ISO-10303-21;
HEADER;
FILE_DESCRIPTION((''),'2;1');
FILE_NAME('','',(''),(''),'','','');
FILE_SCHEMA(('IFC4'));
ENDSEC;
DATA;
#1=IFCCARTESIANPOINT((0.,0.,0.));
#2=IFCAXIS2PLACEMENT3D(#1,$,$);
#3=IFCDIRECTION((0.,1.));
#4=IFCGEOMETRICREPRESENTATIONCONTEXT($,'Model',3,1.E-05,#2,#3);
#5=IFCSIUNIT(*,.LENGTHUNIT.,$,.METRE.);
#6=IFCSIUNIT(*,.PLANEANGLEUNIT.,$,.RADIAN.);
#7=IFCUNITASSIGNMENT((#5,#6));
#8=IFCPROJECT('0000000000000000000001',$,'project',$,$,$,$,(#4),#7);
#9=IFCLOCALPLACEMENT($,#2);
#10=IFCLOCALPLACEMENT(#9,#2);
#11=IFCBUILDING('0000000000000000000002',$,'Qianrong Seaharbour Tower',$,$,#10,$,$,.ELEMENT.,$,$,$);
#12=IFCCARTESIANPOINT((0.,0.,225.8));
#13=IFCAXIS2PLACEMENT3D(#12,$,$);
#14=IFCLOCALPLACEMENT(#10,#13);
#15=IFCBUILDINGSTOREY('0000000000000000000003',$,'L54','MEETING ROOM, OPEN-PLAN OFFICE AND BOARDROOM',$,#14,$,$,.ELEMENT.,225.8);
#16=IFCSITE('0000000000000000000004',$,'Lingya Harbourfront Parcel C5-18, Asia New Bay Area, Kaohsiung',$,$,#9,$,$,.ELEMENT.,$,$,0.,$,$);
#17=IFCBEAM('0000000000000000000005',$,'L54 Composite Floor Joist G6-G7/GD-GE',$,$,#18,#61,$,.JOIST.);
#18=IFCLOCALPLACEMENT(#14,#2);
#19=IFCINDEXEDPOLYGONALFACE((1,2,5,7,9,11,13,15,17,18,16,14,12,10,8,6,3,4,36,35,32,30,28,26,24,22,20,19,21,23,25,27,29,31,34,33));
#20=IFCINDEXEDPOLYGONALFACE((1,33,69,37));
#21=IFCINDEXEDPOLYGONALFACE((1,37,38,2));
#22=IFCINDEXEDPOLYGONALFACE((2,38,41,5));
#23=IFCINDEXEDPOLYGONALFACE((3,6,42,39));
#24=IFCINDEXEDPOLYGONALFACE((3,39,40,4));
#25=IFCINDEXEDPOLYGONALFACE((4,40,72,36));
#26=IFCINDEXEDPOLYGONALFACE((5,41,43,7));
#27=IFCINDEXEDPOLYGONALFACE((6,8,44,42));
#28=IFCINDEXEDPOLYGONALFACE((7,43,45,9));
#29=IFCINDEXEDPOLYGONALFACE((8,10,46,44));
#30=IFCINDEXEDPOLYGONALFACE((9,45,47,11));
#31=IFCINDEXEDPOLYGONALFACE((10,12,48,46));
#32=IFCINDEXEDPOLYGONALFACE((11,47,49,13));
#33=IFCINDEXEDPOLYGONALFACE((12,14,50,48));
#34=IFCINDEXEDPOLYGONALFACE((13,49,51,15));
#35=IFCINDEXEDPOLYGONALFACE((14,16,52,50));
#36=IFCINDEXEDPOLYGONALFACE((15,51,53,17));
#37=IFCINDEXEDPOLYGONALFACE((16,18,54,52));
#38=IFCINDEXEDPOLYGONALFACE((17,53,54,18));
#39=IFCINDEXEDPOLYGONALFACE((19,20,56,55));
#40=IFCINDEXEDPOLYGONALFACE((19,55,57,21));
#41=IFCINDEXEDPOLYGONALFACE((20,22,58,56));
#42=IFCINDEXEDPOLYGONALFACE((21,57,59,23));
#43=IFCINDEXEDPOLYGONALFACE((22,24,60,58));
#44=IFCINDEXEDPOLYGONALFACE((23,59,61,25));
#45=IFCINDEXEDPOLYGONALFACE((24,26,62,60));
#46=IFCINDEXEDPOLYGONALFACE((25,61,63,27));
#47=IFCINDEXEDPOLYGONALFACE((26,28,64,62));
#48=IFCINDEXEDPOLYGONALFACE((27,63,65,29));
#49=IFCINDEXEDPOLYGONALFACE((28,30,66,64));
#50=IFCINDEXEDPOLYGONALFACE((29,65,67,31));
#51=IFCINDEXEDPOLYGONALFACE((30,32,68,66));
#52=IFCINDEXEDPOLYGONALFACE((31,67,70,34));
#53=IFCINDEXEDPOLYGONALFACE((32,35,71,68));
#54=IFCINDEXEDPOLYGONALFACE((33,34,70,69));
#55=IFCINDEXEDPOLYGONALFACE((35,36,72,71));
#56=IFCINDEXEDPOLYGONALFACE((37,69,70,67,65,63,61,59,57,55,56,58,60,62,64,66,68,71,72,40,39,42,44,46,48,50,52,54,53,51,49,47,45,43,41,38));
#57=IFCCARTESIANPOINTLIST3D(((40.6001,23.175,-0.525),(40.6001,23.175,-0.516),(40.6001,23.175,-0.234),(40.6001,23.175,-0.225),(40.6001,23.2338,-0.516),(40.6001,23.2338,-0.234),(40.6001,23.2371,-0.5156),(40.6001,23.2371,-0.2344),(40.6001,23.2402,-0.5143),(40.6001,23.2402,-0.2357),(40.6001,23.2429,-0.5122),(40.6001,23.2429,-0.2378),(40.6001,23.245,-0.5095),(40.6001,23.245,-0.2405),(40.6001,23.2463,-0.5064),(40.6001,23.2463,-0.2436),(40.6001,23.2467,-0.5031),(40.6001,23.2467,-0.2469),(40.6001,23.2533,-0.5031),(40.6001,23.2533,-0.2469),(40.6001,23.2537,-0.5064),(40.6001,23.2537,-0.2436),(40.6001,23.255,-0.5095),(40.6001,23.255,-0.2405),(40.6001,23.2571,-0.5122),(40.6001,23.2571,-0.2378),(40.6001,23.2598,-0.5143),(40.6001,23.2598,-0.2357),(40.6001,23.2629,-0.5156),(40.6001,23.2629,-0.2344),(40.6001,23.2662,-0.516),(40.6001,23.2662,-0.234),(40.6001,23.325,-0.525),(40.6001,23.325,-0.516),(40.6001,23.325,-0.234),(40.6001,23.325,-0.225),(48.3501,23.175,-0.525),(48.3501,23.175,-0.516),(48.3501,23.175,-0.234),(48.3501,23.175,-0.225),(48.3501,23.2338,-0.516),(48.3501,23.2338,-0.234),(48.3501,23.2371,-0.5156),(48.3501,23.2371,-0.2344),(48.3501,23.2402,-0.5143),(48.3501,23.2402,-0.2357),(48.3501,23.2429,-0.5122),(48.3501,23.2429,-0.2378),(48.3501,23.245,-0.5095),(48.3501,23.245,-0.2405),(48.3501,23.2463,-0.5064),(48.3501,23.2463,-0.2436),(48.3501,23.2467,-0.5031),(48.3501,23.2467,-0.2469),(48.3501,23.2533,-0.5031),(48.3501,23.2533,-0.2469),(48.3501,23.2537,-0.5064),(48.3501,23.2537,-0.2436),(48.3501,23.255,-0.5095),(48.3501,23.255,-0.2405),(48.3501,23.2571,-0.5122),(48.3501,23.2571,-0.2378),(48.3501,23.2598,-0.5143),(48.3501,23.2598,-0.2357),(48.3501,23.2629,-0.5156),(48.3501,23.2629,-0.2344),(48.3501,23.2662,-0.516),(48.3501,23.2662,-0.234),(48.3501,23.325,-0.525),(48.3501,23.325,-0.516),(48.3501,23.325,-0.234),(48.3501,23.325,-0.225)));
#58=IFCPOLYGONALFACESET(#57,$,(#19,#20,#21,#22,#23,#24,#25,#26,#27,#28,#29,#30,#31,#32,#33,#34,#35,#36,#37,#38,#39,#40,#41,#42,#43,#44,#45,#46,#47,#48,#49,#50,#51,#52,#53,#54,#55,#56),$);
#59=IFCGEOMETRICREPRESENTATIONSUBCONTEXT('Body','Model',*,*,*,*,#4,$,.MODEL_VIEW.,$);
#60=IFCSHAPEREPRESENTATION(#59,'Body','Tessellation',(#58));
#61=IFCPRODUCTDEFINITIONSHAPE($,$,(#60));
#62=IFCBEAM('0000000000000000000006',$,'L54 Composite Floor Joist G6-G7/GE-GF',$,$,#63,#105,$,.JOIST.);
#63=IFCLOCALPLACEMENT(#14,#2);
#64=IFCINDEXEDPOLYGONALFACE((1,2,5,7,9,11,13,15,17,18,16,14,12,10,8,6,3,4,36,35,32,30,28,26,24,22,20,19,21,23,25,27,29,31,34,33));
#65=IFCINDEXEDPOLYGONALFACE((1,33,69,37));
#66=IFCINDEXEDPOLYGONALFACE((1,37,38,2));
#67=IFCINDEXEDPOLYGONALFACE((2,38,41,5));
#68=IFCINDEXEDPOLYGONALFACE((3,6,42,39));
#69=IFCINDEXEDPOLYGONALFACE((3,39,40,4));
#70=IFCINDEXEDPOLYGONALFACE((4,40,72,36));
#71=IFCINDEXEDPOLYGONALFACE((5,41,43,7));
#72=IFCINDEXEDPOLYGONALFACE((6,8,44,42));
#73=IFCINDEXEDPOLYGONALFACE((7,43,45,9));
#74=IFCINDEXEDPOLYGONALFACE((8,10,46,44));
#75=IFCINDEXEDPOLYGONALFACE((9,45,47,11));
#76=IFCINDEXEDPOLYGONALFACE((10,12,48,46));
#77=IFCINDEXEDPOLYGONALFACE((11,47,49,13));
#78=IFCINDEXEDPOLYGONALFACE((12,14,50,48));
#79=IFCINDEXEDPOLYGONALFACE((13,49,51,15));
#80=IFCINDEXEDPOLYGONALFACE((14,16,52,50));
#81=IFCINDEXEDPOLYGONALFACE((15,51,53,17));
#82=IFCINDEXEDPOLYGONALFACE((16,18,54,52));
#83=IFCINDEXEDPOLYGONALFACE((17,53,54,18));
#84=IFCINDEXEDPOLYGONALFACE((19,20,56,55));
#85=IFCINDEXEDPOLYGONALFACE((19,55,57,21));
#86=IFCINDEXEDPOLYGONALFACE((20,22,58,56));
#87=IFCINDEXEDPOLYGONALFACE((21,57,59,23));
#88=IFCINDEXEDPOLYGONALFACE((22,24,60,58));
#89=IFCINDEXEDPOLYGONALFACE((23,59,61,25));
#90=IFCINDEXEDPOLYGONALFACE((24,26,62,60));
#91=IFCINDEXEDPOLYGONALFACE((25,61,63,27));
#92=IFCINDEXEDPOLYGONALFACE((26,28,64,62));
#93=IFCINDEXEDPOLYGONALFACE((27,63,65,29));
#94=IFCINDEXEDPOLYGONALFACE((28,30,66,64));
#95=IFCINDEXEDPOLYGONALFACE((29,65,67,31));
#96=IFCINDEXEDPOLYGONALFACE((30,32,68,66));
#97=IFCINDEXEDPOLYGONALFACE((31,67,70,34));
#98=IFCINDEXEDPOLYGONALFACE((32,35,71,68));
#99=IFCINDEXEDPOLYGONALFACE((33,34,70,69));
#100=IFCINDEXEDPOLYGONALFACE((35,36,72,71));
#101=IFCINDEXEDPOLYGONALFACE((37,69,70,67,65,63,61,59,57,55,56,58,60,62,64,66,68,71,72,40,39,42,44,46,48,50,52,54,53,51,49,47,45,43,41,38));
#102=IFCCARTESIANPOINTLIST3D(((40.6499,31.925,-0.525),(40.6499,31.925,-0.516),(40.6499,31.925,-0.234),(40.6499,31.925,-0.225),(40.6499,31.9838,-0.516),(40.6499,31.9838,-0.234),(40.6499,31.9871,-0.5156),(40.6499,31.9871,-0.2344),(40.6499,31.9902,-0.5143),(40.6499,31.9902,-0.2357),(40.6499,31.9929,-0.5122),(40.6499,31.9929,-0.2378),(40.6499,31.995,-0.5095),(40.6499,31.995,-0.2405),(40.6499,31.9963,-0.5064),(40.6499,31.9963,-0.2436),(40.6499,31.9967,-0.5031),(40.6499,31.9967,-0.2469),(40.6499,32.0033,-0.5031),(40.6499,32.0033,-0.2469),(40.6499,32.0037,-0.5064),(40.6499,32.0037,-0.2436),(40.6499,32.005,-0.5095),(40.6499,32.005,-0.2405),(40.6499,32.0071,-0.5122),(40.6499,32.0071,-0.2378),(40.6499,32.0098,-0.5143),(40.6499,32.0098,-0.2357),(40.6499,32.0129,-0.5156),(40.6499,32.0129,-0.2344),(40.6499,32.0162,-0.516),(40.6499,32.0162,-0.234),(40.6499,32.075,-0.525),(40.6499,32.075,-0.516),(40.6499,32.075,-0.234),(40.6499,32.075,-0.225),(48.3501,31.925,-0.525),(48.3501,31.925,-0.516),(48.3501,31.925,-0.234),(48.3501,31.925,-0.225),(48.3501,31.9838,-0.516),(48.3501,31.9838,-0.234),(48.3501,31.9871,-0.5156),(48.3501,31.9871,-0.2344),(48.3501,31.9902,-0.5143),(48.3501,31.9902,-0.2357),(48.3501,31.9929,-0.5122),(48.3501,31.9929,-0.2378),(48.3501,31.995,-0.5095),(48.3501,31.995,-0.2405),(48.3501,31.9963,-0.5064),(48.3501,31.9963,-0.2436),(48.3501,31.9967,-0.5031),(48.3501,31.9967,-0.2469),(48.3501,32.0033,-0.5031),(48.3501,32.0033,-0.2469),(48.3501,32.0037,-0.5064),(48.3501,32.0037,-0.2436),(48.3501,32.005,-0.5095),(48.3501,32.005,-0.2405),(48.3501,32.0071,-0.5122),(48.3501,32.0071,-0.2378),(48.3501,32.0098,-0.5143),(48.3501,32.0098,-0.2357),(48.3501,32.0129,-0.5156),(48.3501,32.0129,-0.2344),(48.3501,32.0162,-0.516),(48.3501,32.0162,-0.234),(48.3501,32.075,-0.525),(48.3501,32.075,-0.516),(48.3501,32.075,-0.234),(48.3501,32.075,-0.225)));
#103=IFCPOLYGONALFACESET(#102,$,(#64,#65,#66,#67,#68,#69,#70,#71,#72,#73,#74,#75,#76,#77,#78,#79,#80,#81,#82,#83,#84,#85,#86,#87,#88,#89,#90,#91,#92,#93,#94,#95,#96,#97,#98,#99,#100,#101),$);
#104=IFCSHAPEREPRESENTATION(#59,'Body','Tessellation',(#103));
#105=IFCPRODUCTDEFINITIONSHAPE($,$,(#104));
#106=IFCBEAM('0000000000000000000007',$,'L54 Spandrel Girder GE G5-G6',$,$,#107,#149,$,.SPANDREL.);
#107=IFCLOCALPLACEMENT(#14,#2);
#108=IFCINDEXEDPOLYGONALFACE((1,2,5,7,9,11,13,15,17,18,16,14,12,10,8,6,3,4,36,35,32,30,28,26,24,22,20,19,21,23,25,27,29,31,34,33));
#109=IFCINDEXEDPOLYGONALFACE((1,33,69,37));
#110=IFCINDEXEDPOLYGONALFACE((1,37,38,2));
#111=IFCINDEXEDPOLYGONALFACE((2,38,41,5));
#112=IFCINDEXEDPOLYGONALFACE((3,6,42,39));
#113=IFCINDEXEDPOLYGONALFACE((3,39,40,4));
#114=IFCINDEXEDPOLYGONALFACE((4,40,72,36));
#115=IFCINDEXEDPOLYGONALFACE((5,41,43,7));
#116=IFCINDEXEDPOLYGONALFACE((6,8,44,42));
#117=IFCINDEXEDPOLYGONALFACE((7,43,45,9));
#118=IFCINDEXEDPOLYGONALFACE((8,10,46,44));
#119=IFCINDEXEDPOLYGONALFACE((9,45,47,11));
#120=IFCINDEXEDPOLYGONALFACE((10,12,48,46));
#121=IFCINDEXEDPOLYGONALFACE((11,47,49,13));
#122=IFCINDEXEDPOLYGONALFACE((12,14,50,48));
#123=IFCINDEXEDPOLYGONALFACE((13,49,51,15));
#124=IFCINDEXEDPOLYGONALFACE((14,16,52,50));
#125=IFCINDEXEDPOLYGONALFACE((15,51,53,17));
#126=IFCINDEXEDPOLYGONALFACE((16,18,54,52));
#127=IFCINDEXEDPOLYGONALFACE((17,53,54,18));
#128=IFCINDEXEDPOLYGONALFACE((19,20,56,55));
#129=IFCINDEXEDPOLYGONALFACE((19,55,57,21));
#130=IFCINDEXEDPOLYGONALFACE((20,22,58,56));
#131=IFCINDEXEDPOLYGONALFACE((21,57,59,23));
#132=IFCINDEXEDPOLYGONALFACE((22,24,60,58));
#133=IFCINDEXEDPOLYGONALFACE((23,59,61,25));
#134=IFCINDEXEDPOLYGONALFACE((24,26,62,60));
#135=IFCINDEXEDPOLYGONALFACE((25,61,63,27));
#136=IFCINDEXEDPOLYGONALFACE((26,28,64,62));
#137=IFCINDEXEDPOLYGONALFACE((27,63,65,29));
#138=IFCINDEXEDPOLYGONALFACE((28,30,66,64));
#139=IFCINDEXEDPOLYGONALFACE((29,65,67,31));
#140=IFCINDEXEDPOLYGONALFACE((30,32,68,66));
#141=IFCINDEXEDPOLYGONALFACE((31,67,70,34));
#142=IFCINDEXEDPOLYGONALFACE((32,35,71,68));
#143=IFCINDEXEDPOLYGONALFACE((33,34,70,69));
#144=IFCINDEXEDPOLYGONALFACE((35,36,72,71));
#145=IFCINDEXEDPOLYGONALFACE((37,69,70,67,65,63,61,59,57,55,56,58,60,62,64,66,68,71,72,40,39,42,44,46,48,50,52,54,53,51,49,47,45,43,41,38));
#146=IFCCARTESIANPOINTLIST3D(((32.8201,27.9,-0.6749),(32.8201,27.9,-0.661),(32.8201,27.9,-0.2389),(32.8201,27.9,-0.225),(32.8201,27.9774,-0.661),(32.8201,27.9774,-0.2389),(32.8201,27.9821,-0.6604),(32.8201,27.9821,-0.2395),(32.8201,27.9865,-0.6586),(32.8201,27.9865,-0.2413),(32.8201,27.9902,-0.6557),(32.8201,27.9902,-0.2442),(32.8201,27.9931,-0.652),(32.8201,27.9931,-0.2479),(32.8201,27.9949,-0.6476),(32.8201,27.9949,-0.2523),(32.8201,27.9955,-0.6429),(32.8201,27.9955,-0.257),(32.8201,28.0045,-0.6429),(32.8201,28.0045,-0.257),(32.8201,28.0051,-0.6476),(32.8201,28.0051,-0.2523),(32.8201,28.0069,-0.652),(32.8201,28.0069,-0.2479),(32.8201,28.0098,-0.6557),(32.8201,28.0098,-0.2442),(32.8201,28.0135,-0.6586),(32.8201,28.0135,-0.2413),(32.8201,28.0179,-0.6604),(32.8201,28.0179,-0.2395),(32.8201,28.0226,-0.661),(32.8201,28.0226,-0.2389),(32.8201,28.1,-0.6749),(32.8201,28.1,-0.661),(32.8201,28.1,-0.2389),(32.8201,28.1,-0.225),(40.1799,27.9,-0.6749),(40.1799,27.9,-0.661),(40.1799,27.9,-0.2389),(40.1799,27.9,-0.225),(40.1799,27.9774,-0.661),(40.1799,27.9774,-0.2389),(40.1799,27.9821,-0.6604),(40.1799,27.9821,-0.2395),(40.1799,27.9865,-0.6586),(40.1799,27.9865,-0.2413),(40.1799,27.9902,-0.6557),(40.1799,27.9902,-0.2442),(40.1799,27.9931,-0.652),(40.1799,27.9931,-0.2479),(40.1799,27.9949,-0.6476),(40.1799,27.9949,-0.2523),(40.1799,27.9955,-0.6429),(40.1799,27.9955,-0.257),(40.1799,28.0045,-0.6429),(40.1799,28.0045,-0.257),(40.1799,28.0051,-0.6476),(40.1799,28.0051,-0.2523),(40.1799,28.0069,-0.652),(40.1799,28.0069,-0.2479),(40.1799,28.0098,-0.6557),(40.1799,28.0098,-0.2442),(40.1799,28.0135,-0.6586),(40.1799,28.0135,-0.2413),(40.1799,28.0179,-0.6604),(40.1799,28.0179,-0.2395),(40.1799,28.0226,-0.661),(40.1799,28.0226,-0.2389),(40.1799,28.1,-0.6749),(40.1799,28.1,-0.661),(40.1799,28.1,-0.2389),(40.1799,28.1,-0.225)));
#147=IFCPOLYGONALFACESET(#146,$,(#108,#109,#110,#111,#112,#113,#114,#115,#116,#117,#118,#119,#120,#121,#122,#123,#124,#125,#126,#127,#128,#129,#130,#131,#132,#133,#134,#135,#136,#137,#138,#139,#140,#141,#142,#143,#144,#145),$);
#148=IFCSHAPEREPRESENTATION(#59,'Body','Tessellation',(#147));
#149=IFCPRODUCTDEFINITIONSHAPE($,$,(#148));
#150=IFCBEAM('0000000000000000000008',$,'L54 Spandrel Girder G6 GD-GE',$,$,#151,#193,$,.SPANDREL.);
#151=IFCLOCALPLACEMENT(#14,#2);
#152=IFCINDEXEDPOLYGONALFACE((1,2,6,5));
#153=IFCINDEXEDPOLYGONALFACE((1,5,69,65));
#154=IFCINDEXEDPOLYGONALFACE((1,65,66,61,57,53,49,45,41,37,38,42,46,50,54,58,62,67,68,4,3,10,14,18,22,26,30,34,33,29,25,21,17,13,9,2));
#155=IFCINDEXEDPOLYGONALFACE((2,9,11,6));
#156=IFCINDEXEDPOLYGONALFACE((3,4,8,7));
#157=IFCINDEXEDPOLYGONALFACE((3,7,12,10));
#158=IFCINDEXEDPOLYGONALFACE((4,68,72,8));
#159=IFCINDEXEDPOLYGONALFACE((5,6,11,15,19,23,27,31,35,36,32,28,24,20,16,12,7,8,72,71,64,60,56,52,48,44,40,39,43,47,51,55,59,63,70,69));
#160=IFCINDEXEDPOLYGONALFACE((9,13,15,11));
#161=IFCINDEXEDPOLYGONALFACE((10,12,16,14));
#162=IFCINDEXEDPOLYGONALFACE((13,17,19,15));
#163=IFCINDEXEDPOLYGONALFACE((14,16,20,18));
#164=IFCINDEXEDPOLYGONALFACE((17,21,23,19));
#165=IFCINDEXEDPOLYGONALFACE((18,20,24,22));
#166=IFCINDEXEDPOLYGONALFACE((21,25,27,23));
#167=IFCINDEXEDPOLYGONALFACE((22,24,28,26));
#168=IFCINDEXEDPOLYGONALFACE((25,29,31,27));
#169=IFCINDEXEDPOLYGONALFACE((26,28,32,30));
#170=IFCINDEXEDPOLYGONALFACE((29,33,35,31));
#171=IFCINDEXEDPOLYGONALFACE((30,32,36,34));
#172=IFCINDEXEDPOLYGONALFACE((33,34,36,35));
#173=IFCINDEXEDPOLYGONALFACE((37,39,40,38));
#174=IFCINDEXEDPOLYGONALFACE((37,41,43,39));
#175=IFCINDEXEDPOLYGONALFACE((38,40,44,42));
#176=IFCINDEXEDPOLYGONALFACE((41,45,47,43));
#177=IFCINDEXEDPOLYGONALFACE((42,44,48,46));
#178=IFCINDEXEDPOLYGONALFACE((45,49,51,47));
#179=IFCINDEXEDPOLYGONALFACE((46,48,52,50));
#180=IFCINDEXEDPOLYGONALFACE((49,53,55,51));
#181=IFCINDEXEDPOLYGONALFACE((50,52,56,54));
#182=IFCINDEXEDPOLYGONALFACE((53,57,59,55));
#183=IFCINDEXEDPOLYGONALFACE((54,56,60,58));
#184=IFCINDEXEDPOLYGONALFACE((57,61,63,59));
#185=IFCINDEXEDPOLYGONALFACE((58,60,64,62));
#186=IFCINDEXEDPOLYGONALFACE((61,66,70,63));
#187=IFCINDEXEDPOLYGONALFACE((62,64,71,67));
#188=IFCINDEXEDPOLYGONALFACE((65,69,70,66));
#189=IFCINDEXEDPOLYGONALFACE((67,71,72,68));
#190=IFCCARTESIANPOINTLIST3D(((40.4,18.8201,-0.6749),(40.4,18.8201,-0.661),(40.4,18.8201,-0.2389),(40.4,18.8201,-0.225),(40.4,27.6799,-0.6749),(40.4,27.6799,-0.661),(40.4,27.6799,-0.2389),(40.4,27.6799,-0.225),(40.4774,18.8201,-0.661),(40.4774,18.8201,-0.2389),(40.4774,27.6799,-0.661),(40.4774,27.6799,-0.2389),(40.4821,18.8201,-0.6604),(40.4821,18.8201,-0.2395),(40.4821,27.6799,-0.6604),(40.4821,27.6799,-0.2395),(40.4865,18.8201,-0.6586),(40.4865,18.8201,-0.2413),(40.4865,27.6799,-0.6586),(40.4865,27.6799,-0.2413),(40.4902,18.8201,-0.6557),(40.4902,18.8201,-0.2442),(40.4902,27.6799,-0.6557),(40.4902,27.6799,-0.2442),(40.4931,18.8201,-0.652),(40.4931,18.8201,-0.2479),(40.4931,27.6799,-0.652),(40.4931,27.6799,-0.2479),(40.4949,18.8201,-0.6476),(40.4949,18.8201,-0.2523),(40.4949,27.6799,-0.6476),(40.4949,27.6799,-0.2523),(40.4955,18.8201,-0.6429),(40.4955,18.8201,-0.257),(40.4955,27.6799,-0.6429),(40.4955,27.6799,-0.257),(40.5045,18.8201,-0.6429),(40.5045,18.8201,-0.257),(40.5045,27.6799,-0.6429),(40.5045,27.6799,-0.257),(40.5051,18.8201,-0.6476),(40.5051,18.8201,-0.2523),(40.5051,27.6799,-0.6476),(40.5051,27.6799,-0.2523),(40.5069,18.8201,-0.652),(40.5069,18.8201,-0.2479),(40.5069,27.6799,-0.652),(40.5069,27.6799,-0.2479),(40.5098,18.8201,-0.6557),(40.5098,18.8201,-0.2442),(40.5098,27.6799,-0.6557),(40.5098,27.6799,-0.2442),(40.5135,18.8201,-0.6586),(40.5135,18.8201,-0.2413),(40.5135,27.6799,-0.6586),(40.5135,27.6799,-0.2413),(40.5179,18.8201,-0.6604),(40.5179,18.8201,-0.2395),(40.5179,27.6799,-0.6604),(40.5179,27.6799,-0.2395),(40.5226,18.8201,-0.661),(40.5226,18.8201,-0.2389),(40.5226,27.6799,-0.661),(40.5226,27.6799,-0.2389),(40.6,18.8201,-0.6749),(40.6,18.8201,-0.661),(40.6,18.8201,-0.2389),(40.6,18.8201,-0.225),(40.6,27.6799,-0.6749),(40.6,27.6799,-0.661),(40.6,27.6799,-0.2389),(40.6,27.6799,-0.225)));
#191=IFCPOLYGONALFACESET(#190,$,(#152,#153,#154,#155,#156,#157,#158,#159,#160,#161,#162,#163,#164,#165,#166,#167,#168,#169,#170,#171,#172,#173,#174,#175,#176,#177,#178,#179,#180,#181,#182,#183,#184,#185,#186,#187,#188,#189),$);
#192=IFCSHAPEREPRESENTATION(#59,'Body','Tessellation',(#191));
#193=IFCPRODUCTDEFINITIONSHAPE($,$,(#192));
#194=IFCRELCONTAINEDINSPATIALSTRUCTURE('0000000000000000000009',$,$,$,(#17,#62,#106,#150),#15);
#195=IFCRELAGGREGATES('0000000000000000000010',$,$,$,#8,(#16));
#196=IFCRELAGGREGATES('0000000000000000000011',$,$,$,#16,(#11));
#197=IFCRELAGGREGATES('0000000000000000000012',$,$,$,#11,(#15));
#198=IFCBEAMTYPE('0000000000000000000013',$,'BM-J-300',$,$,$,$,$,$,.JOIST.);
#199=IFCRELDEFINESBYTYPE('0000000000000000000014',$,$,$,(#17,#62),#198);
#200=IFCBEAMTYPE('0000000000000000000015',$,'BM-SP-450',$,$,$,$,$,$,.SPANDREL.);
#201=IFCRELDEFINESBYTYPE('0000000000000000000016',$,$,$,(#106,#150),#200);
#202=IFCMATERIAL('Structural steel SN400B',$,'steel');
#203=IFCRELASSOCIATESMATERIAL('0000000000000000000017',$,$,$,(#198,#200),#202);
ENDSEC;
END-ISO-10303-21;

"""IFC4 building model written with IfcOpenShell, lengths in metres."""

from ifc_helpers import new_model, si_unit, direction, frame, origin, origin_2d, place, context, subcontext, project, spatial, i_section, extrude, material, material_profile, profile_set, type_object, element, save


model = new_model("IFC4")

# Units and contexts
model_context = context("Model", 3, precision=1e-05, world=origin(), true_north=direction((0.0, 1.0)))
body_context = subcontext(model_context, "Body", "Model", "MODEL_VIEW")
ifc_project = project(units=[si_unit("LENGTHUNIT", "METRE"), si_unit("PLANEANGLEUNIT", "RADIAN")], contexts=[model_context])

# Site, building, storey
site_placement = place(None, origin())
site = spatial("IfcSite", under=ifc_project, at=site_placement, Name="Lingya Harbourfront Parcel C5-18, Asia New Bay Area, Kaohsiung", CompositionType="ELEMENT", RefElevation=0.0)
building_placement = place(site_placement, origin())
building = spatial("IfcBuilding", under=site, at=building_placement, Name="Qianrong Seaharbour Tower", CompositionType="ELEMENT")
storey_placement = place(building_placement, frame((0.0, 0.0, 225.8)))
storey = spatial("IfcBuildingStorey", under=building, at=storey_placement, Name="L54", Description="MEETING ROOM, OPEN-PLAN OFFICE AND BOARDROOM", CompositionType="ELEMENT", Elevation=225.8)

# Beams
ifc_material_1 = material(Name="Structural steel SN400B", Category="steel")
ifc_material_profile_1 = material_profile(ifc_material_1, i_section(OverallWidth=0.1499, OverallDepth=0.3, WebThickness=0.0066, FlangeThickness=0.009, FilletRadius=0.0129, at=origin_2d()), Name="H300x150x6.5x9")
ifc_profile_set_1 = profile_set([ifc_material_profile_1], Name="Structural steel SN400B")
beam_type_1 = type_object("IfcBeamType", Name="BM-J-300", PredefinedType="JOIST", material=ifc_profile_set_1)
beam_1_placement = place(storey_placement, frame((40.6001, 23.25, -0.375), z_axis=(1.0, 0.0, 0.0), x_axis=(0.0, 1.0, 0.0)))
element("IfcBeam", 1, at=beam_1_placement, inside=storey, type_object=beam_type_1, Name="L54 Composite Floor Joist G6-G7/GD-GE", PredefinedType="JOIST", context=body_context, shape_type="SweptSolid", body=[
    extrude(i_section(OverallWidth=0.1499, OverallDepth=0.3, WebThickness=0.0066, FlangeThickness=0.009, FilletRadius=0.0129, at=origin_2d()), origin(), (0.0, 0.0, 1.0), 7.75),
])
beam_2_placement = place(storey_placement, frame((40.6499, 32.0, -0.375), z_axis=(1.0, 0.0, 0.0), x_axis=(0.0, 1.0, 0.0)))
element("IfcBeam", 2, at=beam_2_placement, inside=storey, type_object=beam_type_1, Name="L54 Composite Floor Joist G6-G7/GE-GF", PredefinedType="JOIST", context=body_context, shape_type="SweptSolid", body=[
    extrude(i_section(OverallWidth=0.1499, OverallDepth=0.3, WebThickness=0.0066, FlangeThickness=0.009, FilletRadius=0.0129, at=origin_2d()), origin(), (0.0, 0.0, 1.0), 7.7002),
])
ifc_material_profile_2 = material_profile(ifc_material_1, i_section(OverallWidth=0.2, OverallDepth=0.45, WebThickness=0.009, FlangeThickness=0.0139, FilletRadius=0.0181, at=origin_2d()), Name="H450x200x9x14")
ifc_profile_set_2 = profile_set([ifc_material_profile_2], Name="Structural steel SN400B")
beam_type_2 = type_object("IfcBeamType", Name="BM-SP-450", PredefinedType="SPANDREL", material=ifc_profile_set_2)
beam_3_placement = place(storey_placement, frame((32.8201, 28.0, -0.45), z_axis=(1.0, 0.0, 0.0), x_axis=(0.0, 1.0, 0.0)))
element("IfcBeam", 3, at=beam_3_placement, inside=storey, type_object=beam_type_2, Name="L54 Spandrel Girder GE G5-G6", PredefinedType="SPANDREL", context=body_context, shape_type="SweptSolid", body=[
    extrude(i_section(OverallWidth=0.2, OverallDepth=0.45, WebThickness=0.009, FlangeThickness=0.0139, FilletRadius=0.0181, at=origin_2d()), origin(), (0.0, 0.0, 1.0), 7.3599),
])
beam_4_placement = place(storey_placement, frame((40.5, 18.8201, -0.45), z_axis=(0.0, 1.0, 0.0), x_axis=(-1.0, 0.0, 0.0)))
element("IfcBeam", 4, at=beam_4_placement, inside=storey, type_object=beam_type_2, Name="L54 Spandrel Girder G6 GD-GE", PredefinedType="SPANDREL", context=body_context, shape_type="SweptSolid", body=[
    extrude(i_section(OverallWidth=0.2, OverallDepth=0.45, WebThickness=0.009, FlangeThickness=0.0139, FilletRadius=0.0181, at=origin_2d()), origin(), (0.0, 0.0, 1.0), 8.8599),
])

save(model, "model.ifc")
